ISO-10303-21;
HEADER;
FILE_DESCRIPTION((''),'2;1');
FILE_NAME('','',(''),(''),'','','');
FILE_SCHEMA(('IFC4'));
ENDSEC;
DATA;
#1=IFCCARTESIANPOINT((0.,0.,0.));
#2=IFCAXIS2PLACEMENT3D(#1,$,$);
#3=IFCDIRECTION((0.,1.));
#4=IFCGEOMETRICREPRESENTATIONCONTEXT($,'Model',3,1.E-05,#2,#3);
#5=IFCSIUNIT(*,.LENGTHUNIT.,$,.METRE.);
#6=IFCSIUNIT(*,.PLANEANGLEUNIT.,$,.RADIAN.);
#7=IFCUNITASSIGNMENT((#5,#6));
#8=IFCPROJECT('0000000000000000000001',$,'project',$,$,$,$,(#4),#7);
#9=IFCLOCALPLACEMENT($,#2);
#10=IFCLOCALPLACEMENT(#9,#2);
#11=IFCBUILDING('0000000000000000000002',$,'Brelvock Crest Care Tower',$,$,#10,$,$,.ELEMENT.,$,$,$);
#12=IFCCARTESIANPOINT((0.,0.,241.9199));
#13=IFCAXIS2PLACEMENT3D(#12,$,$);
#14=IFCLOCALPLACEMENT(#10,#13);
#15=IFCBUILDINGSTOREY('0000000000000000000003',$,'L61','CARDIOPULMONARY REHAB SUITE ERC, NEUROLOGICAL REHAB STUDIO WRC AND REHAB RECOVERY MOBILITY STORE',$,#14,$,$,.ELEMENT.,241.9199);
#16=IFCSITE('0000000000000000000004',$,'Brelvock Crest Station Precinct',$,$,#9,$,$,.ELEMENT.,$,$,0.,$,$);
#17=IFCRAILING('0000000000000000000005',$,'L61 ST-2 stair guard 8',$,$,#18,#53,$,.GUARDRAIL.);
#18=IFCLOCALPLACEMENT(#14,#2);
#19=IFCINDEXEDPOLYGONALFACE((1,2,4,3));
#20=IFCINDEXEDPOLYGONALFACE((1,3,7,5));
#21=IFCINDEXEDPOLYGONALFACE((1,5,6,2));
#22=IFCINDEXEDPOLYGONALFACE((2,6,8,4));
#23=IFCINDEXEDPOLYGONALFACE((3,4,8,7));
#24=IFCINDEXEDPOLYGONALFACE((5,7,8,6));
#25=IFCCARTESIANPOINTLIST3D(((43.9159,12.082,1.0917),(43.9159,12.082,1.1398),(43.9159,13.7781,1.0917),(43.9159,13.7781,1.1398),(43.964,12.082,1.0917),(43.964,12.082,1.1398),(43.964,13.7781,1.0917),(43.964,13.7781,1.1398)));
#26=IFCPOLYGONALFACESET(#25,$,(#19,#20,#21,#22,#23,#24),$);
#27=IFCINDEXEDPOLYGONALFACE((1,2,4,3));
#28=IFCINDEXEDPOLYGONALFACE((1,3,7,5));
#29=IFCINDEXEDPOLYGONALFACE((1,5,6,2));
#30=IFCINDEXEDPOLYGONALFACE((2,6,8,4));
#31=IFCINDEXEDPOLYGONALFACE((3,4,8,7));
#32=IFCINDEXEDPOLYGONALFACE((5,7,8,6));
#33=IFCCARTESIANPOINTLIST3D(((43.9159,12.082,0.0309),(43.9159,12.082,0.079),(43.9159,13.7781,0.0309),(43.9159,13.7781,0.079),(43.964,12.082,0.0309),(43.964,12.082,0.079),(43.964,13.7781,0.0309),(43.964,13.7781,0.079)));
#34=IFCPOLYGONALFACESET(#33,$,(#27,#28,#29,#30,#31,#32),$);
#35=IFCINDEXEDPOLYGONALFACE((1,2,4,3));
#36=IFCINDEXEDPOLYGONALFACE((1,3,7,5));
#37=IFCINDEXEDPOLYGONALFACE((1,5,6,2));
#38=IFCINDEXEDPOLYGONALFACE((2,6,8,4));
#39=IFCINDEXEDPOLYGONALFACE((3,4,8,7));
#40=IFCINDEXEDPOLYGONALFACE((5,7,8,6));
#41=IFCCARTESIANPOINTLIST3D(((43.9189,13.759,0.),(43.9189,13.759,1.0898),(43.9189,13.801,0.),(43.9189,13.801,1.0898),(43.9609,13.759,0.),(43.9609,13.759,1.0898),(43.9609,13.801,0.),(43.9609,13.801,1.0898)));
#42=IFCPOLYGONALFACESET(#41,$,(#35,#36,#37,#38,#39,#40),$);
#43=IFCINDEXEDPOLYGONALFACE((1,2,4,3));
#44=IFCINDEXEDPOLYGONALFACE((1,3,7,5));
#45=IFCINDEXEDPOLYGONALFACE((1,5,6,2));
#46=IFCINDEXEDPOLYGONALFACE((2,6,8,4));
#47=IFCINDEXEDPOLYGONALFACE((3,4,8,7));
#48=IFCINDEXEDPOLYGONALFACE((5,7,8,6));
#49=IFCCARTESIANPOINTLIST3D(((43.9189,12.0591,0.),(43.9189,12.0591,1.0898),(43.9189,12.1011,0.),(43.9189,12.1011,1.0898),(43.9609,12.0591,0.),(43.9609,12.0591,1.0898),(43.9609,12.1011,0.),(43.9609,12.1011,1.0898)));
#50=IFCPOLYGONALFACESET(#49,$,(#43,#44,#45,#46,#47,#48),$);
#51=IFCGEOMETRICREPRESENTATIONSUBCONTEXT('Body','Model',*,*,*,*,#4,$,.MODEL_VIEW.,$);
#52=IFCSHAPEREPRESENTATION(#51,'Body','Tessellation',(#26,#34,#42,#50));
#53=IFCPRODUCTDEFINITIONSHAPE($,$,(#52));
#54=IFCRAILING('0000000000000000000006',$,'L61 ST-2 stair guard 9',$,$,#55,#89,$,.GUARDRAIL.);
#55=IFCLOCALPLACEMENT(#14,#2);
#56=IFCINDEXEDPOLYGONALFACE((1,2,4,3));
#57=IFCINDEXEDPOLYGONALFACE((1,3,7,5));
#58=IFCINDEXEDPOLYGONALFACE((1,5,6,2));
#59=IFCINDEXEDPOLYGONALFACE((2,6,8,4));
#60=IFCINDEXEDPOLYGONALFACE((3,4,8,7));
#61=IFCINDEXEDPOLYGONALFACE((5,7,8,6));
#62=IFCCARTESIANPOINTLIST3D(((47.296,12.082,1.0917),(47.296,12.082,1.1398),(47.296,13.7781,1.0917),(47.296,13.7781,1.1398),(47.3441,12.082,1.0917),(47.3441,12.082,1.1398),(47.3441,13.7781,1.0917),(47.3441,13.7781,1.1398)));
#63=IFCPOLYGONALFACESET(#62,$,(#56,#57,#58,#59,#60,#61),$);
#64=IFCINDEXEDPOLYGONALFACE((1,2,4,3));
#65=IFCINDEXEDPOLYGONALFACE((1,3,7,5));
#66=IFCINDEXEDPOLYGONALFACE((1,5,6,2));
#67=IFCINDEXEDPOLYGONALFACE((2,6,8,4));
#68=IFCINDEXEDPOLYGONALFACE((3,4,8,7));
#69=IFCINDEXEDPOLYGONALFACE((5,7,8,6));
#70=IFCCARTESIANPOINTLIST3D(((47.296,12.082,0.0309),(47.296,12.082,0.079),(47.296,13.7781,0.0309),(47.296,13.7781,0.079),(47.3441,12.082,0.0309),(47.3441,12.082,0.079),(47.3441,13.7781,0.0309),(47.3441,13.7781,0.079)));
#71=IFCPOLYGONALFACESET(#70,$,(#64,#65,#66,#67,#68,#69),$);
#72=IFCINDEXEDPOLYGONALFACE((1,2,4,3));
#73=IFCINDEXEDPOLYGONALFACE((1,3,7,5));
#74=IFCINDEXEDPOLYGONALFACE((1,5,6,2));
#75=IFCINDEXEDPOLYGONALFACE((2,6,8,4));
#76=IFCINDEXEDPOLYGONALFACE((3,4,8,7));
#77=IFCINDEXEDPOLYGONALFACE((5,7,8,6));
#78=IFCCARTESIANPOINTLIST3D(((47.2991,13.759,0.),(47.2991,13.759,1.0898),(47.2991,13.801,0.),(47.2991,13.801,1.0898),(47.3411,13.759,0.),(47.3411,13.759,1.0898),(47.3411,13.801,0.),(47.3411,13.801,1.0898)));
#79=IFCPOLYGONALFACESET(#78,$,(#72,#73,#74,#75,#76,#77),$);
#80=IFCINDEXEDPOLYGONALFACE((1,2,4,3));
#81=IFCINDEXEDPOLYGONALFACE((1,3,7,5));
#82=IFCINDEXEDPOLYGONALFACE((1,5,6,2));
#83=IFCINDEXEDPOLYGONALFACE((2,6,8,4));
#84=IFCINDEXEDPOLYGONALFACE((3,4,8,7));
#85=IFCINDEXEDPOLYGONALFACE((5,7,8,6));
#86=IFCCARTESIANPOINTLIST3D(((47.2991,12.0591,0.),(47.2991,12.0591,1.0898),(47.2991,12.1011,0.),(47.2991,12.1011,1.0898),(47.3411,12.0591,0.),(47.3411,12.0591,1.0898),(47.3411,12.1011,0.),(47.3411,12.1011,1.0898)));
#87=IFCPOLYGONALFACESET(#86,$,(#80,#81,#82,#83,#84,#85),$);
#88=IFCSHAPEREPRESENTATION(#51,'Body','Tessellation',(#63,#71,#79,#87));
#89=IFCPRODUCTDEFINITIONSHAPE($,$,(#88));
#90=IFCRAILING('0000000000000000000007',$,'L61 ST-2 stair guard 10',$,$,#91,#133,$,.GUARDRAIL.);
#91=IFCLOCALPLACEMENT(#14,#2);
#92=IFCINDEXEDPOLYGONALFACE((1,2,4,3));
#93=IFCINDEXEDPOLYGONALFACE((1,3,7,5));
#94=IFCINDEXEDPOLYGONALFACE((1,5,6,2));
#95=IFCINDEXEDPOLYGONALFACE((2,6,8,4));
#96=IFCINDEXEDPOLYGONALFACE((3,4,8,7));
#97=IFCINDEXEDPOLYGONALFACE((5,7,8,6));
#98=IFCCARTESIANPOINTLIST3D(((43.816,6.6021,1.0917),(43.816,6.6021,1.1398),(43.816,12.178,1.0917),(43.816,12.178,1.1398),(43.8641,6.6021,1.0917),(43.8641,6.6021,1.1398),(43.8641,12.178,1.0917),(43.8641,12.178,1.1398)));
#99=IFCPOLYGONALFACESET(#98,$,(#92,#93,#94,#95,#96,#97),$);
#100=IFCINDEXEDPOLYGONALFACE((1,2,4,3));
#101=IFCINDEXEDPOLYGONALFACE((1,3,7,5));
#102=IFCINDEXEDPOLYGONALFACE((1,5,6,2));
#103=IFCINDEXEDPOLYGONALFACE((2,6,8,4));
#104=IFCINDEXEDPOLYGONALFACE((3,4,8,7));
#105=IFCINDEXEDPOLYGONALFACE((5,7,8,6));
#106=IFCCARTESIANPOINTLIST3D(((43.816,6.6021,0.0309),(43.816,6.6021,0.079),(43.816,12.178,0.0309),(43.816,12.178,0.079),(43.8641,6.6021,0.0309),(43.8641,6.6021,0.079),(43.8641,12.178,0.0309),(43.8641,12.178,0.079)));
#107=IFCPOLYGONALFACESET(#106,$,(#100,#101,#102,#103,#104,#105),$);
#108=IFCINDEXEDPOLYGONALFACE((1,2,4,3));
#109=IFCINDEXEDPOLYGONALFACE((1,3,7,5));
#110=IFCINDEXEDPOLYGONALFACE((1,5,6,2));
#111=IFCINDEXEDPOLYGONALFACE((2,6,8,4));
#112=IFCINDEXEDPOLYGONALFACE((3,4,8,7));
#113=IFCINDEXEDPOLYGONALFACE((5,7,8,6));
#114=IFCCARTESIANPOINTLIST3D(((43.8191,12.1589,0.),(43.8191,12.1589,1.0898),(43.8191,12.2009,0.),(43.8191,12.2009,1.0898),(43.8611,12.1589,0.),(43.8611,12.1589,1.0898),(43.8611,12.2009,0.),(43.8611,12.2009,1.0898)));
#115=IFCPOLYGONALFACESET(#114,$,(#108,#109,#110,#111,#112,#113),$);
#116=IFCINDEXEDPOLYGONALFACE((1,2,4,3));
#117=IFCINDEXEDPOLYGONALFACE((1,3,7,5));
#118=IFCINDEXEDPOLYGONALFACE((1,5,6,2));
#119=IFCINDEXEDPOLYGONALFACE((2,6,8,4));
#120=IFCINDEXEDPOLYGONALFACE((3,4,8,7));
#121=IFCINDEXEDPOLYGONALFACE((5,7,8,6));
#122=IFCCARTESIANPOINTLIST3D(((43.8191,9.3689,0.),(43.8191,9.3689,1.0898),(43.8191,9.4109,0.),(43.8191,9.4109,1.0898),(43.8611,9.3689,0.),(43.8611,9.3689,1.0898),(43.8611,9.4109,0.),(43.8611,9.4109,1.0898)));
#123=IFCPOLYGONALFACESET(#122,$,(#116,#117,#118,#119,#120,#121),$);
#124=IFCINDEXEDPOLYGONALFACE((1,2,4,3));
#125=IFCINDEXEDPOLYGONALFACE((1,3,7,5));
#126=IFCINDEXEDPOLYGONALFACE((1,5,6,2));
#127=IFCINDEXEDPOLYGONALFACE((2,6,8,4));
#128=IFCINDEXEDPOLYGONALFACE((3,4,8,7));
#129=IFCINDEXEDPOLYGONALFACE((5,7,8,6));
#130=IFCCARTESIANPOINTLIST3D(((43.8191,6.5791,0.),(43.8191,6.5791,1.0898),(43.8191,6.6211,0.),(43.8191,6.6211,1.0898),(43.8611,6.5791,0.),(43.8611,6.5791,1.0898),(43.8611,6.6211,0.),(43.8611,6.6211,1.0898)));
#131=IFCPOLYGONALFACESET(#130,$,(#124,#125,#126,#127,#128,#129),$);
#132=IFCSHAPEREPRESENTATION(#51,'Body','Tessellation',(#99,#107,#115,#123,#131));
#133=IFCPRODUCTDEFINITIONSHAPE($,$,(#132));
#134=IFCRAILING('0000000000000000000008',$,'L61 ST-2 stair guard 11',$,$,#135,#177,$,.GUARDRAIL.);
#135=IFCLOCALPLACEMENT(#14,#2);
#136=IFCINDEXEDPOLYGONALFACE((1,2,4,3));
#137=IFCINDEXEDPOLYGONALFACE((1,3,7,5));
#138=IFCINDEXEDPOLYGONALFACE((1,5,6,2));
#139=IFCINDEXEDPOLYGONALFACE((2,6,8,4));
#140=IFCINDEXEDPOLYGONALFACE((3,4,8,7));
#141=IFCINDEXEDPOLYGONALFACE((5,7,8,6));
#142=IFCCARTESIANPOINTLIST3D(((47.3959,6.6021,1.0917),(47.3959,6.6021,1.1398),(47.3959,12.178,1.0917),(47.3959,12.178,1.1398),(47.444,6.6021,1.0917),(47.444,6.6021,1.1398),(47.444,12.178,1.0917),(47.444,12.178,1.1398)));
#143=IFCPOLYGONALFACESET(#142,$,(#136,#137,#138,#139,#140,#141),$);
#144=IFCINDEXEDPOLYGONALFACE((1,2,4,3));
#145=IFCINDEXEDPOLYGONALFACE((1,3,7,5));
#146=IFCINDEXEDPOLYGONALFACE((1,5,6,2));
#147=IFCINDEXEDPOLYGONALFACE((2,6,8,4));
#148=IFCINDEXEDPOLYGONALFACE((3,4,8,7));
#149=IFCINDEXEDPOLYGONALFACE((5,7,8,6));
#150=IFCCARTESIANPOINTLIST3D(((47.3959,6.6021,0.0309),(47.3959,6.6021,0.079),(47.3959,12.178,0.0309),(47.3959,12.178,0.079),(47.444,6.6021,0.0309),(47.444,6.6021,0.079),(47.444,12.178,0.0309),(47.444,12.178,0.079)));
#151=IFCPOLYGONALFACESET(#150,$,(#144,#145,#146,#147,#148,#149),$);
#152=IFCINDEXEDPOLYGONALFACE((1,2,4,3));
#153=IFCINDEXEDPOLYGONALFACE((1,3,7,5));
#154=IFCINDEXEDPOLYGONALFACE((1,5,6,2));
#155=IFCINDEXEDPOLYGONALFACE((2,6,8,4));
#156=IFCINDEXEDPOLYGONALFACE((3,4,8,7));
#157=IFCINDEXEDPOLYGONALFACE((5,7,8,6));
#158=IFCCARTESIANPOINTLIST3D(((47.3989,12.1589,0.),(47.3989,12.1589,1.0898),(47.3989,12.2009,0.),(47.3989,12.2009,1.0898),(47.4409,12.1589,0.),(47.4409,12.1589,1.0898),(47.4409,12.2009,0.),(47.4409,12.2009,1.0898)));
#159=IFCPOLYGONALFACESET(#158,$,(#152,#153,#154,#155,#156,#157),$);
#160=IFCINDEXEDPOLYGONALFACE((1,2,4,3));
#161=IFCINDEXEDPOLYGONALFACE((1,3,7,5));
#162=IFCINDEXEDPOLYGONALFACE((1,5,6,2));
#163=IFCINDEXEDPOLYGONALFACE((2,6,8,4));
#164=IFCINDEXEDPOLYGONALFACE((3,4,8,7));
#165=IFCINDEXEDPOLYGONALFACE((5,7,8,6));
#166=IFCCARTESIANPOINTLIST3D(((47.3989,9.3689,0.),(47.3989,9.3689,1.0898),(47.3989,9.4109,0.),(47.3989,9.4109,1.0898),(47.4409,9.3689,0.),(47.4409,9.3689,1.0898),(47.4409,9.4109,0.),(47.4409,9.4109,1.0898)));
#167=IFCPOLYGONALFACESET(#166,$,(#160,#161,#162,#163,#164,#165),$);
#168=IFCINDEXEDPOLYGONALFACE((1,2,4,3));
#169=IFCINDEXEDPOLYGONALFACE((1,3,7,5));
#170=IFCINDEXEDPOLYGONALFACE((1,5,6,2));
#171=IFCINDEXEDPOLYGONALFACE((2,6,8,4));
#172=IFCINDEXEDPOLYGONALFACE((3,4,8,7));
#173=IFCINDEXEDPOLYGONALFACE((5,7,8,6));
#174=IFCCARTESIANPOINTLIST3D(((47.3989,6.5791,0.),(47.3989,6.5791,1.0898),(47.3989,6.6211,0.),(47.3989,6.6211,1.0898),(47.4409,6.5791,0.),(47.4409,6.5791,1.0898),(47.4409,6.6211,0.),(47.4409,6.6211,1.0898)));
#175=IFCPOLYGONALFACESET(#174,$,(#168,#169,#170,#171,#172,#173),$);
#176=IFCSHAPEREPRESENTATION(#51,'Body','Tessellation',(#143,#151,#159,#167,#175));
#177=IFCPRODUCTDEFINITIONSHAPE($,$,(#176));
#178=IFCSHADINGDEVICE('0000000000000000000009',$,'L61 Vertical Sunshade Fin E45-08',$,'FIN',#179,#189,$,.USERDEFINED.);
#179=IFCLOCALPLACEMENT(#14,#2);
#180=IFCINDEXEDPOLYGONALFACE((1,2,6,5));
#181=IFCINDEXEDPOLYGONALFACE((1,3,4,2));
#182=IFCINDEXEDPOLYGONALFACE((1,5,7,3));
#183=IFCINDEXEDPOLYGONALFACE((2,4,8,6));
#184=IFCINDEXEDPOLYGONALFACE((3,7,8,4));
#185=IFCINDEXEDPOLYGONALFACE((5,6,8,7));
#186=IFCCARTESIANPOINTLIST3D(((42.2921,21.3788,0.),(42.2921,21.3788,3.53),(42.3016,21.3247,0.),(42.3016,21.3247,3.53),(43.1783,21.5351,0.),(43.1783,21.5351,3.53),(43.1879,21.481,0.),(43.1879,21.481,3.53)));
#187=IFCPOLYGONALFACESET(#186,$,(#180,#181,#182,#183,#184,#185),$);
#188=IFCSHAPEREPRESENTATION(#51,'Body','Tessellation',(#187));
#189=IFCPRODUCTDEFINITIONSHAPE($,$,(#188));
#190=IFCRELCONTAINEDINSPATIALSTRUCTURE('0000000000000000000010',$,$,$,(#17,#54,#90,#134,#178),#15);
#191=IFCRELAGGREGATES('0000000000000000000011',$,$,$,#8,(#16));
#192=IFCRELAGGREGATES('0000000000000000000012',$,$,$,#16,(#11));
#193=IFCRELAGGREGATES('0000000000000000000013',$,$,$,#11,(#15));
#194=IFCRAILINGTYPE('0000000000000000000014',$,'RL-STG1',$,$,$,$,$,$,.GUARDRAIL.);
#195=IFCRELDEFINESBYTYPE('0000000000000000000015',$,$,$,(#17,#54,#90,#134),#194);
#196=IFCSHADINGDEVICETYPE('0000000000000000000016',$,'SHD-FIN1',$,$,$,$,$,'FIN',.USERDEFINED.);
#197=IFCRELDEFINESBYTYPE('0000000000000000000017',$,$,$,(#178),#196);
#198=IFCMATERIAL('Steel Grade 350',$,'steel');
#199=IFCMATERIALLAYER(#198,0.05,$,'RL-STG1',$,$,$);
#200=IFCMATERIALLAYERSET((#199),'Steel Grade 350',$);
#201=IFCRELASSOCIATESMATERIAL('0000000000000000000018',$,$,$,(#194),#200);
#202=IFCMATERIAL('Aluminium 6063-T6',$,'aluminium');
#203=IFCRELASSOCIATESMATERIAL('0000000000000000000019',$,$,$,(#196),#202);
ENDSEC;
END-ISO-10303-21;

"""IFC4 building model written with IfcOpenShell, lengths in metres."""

from ifc_helpers import new_model, si_unit, direction, frame, origin, origin_2d, place, context, subcontext, project, spatial, rectangle, extrude, source, transform, mapped, material, layer, layer_set, material_profile, profile_set, type_object, element, save


model = new_model("IFC4")

# Units and contexts
model_context = context("Model", 3, precision=1e-05, world=origin(), true_north=direction((0.0, 1.0)))
body_context = subcontext(model_context, "Body", "Model", "MODEL_VIEW")
ifc_project = project(units=[si_unit("LENGTHUNIT", "METRE"), si_unit("PLANEANGLEUNIT", "RADIAN")], contexts=[model_context])

# Site, building, storey
site_placement = place(None, origin())
site = spatial("IfcSite", under=ifc_project, at=site_placement, Name="Brelvock Crest Station Precinct", CompositionType="ELEMENT", RefElevation=0.0)
building_placement = place(site_placement, origin())
building = spatial("IfcBuilding", under=site, at=building_placement, Name="Brelvock Crest Care Tower", CompositionType="ELEMENT")
storey_placement = place(building_placement, frame((0.0, 0.0, 241.9199)))
storey = spatial("IfcBuildingStorey", under=building, at=storey_placement, Name="L61", Description="CARDIOPULMONARY REHAB SUITE ERC, NEUROLOGICAL REHAB STUDIO WRC AND REHAB RECOVERY MOBILITY STORE", CompositionType="ELEMENT", Elevation=241.9199)

# Shared definitions
ifc_material_1 = material(Name="Steel Grade 350", Category="steel")

# Shared definitions
ifc_material_2 = material(Name="Aluminium 6063-T6", Category="aluminium")

# Railings
ifc_layer_1 = layer(ifc_material_1, 0.05, Name="RL-STG1")
ifc_layer_set_1 = layer_set([ifc_layer_1], Name="Steel Grade 350")
railing_type = type_object("IfcRailingType", Name="RL-STG1", PredefinedType="GUARDRAIL", material=ifc_layer_set_1)
for number, where, name in (
    (1, (43.9399, 13.78, 0.0), "L61 ST-2 stair guard 8"),
    (2, (47.3201, 13.78, 0.0), "L61 ST-2 stair guard 9"),
):
    element("IfcRailing", number, at=place(storey_placement, frame(where)), inside=storey, type_object=railing_type, Name=name, PredefinedType="GUARDRAIL", context=body_context, shape_type="SweptSolid", body=[
        extrude(rectangle(XDim=0.0481, YDim=0.0481, at=origin_2d()), frame((0.0, -0.002, 1.1157), z_axis=(0.0, -1.0, 0.0), x_axis=(1.0, 0.0, 0.0)), (0.0, 0.0, 1.0), 1.696),
        extrude(rectangle(XDim=0.0481, YDim=0.0481, at=origin_2d()), frame((0.0, -0.002, 0.0549), z_axis=(0.0, -1.0, 0.0), x_axis=(1.0, 0.0, 0.0)), (0.0, 0.0, 1.0), 1.696),
        extrude(rectangle(XDim=0.042, YDim=0.042, at=origin_2d()), origin(), (0.0, 0.0, 1.0), 1.0898),
        extrude(rectangle(XDim=0.042, YDim=0.042, at=origin_2d()), frame((0.0, -1.7, 0.0)), (0.0, 0.0, 1.0), 1.0898),
    ])
for number, where, name in (
    (3, (43.8401, 12.1799, 0.0), "L61 ST-2 stair guard 10"),
    (4, (47.4199, 12.1799, 0.0), "L61 ST-2 stair guard 11"),
):
    element("IfcRailing", number, at=place(storey_placement, frame(where)), inside=storey, type_object=railing_type, Name=name, PredefinedType="GUARDRAIL", context=body_context, shape_type="SweptSolid", body=[
        extrude(rectangle(XDim=0.0481, YDim=0.0481, at=origin_2d()), frame((0.0, -0.002, 1.1157), z_axis=(0.0, -1.0, 0.0), x_axis=(1.0, 0.0, 0.0)), (0.0, 0.0, 1.0), 5.5759),
        extrude(rectangle(XDim=0.0481, YDim=0.0481, at=origin_2d()), frame((0.0, -0.002, 0.0549), z_axis=(0.0, -1.0, 0.0), x_axis=(1.0, 0.0, 0.0)), (0.0, 0.0, 1.0), 5.5759),
        extrude(rectangle(XDim=0.042, YDim=0.042, at=origin_2d()), origin(), (0.0, 0.0, 1.0), 1.0898),
        extrude(rectangle(XDim=0.042, YDim=0.042, at=origin_2d()), frame((0.0, -2.79, 0.0)), (0.0, 0.0, 1.0), 1.0898),
        extrude(rectangle(XDim=0.042, YDim=0.042, at=origin_2d()), frame((0.0, -5.5798, 0.0)), (0.0, 0.0, 1.0), 1.0898),
    ])

# Shading device
ifc_material_profile_1 = material_profile(ifc_material_2, rectangle(XDim=0.0549, YDim=0.8999, at=origin_2d()), Name="FIN55x900")
ifc_profile_set_1 = profile_set([ifc_material_profile_1], Name="Aluminium 6063-T6")
shading_device_type = type_object("IfcShadingDeviceType", Name="SHD-FIN1", ElementType="FIN", PredefinedType="USERDEFINED", material=ifc_profile_set_1)
shared_shape_1 = source(origin(), body_context, "Body", "SweptSolid", [
    extrude(rectangle(XDim=0.0549, YDim=0.8999, at=origin_2d()), origin(), (0.0, 0.0, 1.0), 3.53),
])
shading_device_placement = place(storey_placement, frame((42.74, 21.4299, 0.0), z_axis=(0.0, 0.0, 1.0), x_axis=(0.173648, -0.984808, 0.0)))
element("IfcShadingDevice", 5, at=shading_device_placement, inside=storey, type_object=shading_device_type, Name="L61 Vertical Sunshade Fin E45-08", ObjectType="FIN", PredefinedType="USERDEFINED", context=body_context, shape_type="MappedRepresentation", body=[
    mapped(shared_shape_1, transform((0.0, 0.0, 0.0), x_axis=(1.0, 0.0, 0.0), y_axis=(0.0, 1.0, 0.0), z_axis=(0.0, 0.0, 1.0), scale=1.0)),
])

save(model, "model.ifc")
